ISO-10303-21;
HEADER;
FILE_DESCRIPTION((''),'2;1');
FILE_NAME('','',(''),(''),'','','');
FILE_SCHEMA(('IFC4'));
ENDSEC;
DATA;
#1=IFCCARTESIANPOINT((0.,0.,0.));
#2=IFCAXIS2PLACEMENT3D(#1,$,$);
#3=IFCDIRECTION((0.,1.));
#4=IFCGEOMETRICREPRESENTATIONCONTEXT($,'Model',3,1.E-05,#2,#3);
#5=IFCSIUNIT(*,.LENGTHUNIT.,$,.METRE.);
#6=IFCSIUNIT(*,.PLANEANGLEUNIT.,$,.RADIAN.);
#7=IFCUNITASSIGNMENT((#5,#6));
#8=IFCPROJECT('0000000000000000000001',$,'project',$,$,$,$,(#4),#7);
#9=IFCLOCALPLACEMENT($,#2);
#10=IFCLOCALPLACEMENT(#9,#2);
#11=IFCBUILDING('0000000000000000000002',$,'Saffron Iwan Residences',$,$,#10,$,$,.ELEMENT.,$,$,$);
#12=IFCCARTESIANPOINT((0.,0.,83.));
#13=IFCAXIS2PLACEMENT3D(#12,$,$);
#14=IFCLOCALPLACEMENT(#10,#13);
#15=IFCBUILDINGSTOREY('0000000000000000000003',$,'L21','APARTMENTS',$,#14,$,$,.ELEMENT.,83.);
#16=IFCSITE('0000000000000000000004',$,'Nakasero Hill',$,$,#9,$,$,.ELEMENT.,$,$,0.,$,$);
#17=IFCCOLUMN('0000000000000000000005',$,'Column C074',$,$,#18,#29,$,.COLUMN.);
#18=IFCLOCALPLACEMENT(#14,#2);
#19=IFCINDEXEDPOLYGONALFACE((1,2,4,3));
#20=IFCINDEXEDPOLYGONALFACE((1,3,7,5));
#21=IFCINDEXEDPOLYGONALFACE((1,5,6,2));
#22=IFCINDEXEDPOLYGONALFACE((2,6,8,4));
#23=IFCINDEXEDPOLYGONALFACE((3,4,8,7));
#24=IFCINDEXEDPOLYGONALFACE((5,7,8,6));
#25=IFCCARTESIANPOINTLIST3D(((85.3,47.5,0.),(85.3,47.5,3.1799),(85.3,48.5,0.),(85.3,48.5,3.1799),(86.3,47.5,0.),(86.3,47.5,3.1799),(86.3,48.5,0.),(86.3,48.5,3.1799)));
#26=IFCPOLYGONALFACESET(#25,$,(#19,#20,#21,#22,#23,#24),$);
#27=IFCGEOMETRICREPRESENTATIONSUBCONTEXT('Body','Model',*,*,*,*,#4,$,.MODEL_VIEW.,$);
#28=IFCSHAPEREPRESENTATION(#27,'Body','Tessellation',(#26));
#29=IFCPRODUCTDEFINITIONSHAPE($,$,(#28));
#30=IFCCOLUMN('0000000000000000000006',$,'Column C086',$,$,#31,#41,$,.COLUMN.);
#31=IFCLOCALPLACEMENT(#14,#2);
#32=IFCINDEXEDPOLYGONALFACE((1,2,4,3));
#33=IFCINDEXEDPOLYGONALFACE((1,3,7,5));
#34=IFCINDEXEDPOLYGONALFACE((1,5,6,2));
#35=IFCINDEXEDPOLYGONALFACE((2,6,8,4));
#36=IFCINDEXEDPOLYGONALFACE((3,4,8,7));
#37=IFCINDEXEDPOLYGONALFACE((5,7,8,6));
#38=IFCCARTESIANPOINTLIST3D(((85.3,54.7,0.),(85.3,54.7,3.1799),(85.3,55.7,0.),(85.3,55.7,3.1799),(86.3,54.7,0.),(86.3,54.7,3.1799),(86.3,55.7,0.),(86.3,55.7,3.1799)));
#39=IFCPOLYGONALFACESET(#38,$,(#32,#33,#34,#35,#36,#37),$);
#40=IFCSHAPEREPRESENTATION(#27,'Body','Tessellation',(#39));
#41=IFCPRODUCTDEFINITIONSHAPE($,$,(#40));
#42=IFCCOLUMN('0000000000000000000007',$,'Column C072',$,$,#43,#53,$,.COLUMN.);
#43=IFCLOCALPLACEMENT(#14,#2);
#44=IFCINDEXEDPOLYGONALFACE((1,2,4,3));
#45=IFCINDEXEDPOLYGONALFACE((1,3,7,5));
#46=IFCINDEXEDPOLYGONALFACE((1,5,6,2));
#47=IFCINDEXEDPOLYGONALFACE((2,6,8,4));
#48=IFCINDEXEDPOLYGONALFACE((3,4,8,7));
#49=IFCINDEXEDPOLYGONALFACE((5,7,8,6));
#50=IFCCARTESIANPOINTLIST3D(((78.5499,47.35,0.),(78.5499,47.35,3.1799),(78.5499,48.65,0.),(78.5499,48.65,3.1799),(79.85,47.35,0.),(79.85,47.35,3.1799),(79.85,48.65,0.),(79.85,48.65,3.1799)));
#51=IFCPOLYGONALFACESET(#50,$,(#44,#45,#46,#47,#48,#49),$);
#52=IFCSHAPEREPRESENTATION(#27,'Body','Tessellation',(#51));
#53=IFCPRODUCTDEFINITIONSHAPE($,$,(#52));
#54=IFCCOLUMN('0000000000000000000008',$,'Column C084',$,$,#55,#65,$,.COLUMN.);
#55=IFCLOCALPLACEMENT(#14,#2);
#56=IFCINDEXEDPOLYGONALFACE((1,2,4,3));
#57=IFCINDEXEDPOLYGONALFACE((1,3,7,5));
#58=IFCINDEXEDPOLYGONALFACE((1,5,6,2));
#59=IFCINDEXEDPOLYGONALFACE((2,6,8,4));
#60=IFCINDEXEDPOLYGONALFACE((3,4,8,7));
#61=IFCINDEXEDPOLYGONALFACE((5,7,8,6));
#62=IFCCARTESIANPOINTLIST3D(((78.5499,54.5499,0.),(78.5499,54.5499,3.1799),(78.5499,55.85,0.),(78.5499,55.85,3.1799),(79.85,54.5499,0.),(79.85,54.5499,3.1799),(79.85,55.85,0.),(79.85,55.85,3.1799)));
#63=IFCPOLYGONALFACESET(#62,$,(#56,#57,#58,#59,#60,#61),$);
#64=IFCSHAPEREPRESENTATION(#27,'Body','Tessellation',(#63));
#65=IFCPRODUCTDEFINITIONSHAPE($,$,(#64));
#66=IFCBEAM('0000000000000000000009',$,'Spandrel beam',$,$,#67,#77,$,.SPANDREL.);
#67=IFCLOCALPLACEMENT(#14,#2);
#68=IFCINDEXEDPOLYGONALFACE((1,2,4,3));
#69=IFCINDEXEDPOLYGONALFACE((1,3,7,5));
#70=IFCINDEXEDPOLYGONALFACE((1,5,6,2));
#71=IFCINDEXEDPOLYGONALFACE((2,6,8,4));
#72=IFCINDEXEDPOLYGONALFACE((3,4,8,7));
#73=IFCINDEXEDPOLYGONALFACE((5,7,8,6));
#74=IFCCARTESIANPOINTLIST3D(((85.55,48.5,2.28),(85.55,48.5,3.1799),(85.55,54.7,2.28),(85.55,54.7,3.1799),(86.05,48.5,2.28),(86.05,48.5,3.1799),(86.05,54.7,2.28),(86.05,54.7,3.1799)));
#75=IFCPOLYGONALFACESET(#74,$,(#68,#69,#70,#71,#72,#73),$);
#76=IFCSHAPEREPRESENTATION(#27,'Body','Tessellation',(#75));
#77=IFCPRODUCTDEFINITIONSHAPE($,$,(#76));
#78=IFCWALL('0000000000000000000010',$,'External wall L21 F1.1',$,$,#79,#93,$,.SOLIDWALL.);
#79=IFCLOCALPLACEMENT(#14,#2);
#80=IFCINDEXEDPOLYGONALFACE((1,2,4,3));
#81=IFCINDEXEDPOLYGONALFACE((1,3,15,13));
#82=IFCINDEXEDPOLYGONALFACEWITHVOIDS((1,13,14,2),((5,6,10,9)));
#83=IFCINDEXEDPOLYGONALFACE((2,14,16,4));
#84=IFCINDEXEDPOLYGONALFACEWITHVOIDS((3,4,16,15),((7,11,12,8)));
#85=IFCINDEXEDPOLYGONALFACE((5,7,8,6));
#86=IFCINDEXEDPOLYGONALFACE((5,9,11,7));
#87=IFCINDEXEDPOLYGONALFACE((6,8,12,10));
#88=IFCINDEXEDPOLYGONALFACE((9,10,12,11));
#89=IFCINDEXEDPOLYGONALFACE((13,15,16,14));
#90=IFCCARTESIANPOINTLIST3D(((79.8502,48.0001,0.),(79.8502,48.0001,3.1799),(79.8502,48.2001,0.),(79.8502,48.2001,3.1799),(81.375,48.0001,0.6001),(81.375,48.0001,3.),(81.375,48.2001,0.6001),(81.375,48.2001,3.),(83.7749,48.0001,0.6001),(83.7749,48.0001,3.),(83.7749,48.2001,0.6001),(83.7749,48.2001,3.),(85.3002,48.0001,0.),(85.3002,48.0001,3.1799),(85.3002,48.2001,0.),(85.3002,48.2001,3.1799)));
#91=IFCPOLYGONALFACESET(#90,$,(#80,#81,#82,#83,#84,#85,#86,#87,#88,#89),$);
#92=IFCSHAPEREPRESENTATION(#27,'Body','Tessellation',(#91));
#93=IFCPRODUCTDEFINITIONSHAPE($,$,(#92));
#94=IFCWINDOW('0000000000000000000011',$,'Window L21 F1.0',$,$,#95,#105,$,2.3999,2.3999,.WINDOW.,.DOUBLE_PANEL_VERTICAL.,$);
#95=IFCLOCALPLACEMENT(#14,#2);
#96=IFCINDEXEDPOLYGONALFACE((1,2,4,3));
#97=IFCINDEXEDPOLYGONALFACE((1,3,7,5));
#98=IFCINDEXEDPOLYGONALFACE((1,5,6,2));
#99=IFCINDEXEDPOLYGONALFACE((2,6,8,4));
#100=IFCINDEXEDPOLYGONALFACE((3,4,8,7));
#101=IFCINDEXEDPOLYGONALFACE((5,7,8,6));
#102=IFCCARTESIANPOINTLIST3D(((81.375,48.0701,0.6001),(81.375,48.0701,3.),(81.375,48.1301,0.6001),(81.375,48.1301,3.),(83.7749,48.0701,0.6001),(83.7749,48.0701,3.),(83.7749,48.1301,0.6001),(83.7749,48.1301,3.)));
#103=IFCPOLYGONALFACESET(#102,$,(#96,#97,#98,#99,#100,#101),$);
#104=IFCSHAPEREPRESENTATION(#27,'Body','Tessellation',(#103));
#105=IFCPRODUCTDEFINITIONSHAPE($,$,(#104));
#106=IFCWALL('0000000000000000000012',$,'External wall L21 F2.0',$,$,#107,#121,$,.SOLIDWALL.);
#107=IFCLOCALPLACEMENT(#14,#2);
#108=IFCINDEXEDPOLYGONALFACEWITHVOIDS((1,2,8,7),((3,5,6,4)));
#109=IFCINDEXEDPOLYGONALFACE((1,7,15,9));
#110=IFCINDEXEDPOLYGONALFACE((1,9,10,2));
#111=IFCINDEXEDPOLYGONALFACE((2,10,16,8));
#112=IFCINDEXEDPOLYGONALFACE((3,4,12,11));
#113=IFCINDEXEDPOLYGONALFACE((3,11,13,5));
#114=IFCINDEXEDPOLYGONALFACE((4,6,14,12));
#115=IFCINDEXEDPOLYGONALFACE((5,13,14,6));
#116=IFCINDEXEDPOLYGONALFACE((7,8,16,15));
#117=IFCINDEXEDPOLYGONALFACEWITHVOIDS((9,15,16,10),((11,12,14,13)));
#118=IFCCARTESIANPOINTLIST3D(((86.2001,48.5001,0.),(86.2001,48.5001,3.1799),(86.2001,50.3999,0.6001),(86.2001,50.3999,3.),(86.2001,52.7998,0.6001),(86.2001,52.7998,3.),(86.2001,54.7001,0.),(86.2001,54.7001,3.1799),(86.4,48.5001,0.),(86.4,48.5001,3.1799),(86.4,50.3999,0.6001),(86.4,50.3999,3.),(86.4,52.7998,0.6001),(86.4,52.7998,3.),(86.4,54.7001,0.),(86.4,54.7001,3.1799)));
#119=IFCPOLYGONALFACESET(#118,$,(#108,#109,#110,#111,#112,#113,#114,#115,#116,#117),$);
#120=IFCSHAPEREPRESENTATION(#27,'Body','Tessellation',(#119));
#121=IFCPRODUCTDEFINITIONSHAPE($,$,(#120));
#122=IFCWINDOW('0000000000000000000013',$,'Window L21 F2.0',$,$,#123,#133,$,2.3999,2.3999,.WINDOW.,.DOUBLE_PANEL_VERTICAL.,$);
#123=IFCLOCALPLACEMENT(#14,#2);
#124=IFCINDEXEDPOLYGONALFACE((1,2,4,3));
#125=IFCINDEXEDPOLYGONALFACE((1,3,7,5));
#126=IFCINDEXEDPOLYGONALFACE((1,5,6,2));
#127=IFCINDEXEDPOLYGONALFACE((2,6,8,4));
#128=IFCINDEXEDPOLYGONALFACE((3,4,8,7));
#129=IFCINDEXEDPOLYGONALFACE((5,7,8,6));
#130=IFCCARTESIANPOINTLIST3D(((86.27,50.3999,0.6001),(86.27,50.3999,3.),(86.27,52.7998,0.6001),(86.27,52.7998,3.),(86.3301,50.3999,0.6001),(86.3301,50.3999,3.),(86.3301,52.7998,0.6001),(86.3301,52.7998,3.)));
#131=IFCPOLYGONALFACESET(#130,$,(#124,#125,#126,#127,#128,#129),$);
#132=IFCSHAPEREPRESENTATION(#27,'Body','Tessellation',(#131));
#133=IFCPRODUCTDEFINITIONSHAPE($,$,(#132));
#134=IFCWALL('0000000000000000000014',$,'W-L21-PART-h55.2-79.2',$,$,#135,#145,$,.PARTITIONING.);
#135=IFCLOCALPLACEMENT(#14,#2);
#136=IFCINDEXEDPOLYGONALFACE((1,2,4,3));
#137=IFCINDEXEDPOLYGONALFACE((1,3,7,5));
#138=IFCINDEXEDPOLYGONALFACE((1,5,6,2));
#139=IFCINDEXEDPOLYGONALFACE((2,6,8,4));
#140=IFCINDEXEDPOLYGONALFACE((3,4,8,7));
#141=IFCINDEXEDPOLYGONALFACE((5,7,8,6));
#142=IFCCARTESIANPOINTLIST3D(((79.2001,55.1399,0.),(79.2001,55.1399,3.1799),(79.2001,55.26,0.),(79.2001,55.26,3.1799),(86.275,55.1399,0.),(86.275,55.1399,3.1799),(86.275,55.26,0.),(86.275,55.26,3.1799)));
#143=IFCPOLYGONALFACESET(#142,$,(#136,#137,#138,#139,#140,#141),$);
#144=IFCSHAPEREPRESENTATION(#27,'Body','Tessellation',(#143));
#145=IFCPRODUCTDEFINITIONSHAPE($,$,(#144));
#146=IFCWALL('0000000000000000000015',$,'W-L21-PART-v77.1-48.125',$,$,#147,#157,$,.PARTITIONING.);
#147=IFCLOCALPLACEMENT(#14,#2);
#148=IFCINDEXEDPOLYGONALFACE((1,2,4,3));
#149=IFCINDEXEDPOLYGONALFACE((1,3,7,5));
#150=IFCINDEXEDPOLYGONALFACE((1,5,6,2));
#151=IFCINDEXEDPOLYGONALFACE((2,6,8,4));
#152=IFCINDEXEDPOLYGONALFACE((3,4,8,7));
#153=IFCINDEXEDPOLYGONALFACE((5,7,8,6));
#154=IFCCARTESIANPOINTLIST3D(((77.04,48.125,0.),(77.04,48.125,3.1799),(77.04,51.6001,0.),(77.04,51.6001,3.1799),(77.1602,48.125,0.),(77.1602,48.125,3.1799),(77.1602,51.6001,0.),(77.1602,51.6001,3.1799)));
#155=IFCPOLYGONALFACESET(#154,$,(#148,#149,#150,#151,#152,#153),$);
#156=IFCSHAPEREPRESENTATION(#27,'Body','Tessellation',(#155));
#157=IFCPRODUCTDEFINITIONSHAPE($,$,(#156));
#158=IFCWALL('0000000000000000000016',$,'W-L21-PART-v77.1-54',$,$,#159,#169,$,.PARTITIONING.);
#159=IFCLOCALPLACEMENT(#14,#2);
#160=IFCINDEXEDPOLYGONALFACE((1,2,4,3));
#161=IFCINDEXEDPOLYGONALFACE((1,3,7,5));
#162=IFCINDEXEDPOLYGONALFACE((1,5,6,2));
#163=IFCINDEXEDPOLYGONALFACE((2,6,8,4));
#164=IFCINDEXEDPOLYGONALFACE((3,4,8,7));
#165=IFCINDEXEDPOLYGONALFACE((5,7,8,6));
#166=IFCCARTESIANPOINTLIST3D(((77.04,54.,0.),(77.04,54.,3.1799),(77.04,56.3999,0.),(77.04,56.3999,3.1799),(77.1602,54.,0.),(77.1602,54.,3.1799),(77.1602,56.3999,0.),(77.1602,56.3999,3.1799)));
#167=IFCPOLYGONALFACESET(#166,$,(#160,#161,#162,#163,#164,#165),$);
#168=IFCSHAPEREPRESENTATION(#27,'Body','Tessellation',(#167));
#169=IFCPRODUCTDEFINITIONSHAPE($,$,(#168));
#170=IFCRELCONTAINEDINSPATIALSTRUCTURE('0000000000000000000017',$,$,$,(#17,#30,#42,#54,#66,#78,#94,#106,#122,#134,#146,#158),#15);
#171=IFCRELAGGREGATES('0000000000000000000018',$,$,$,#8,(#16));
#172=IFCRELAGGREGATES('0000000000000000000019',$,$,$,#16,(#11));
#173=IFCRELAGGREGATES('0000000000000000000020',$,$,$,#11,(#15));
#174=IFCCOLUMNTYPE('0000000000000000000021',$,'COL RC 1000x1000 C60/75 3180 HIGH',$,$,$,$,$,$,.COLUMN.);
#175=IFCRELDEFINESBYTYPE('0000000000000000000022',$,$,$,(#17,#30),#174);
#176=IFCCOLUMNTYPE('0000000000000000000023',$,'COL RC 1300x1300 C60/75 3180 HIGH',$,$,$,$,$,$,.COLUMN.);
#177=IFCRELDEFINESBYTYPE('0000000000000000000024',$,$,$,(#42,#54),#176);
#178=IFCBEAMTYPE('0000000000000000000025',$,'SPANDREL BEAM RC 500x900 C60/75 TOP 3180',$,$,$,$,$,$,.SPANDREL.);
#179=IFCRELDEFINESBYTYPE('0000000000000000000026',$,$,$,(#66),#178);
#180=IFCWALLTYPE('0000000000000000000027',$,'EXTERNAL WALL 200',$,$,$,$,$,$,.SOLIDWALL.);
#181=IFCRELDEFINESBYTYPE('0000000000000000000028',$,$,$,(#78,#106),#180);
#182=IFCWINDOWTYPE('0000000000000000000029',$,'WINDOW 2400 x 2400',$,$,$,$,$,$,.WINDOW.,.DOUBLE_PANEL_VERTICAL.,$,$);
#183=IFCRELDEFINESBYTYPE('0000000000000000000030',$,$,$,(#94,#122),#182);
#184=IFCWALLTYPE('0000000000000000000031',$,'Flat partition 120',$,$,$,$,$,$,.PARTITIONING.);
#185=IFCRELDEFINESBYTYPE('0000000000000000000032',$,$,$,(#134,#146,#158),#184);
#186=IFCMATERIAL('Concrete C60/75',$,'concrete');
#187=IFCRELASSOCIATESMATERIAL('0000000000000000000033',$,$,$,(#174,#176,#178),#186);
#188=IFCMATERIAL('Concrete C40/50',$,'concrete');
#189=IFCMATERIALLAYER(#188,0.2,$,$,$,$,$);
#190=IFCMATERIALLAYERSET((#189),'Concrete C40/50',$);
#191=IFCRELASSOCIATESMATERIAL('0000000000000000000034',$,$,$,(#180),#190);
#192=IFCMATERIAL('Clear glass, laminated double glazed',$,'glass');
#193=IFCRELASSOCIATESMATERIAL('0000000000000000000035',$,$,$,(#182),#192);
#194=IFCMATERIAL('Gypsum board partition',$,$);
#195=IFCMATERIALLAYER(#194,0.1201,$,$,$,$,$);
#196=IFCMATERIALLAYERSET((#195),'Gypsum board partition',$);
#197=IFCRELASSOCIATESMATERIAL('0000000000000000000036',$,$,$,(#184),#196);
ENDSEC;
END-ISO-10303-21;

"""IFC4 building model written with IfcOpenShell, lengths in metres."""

from ifc_helpers import new_model, si_unit, direction, frame, frame_2d, origin, origin_2d, place, context, subcontext, project, spatial, rectangle, extrude, source, transform, mapped, material, layer, layer_set, material_profile, profile_set, type_object, element, fill, save


model = new_model("IFC4")

# Units and contexts
model_context = context("Model", 3, precision=1e-05, world=origin(), true_north=direction((0.0, 1.0)))
body_context = subcontext(model_context, "Body", "Model", "MODEL_VIEW")
ifc_project = project(units=[si_unit("LENGTHUNIT", "METRE"), si_unit("PLANEANGLEUNIT", "RADIAN")], contexts=[model_context])

# Site, building, storey
site_placement = place(None, origin())
site = spatial("IfcSite", under=ifc_project, at=site_placement, Name="Nakasero Hill", CompositionType="ELEMENT", RefElevation=0.0)
building_placement = place(site_placement, origin())
building = spatial("IfcBuilding", under=site, at=building_placement, Name="Saffron Iwan Residences", CompositionType="ELEMENT")
storey_placement = place(building_placement, frame((0.0, 0.0, 83.0)))
storey = spatial("IfcBuildingStorey", under=building, at=storey_placement, Name="L21", Description="APARTMENTS", CompositionType="ELEMENT", Elevation=83.0)

# Columns
ifc_material_1 = material(Name="Concrete C60/75", Category="concrete")
ifc_material_profile_1 = material_profile(ifc_material_1, rectangle(XDim=1.0, YDim=1.0, at=origin_2d()), Name="RC 1000x1000")
ifc_profile_set_1 = profile_set([ifc_material_profile_1], Name="Concrete C60/75")
column_type_1 = type_object("IfcColumnType", Name="COL RC 1000x1000 C60/75 3180 HIGH", PredefinedType="COLUMN", material=ifc_profile_set_1)
shared_shape_1 = source(origin(), body_context, "Body", "SweptSolid", [
    extrude(rectangle(XDim=1.0, YDim=1.0, at=origin_2d()), origin(), (0.0, 0.0, 1.0), 3.1799),
])
for number, where, z_axis, x_axis, name in (
    (1, (85.8, 48.0, 0.0), (0.0, 0.0, 1.0), (1.0, 0.0, 0.0), "Column C074"),
    (2, (85.8, 55.2, 0.0), (0.0, 0.0, 1.0), (1.0, 0.0, 0.0), "Column C086"),
):
    element("IfcColumn", number, at=place(storey_placement, frame(where, z_axis=z_axis, x_axis=x_axis)), inside=storey, type_object=column_type_1, Name=name, PredefinedType="COLUMN", context=body_context, shape_type="MappedRepresentation", body=[
        mapped(shared_shape_1, transform((0.0, 0.0, 0.0))),
    ])
ifc_material_profile_2 = material_profile(ifc_material_1, rectangle(XDim=1.3, YDim=1.3, at=origin_2d()), Name="RC 1300x1300")
ifc_profile_set_2 = profile_set([ifc_material_profile_2], Name="Concrete C60/75")
column_type_2 = type_object("IfcColumnType", Name="COL RC 1300x1300 C60/75 3180 HIGH", PredefinedType="COLUMN", material=ifc_profile_set_2)
shared_shape_2 = source(origin(), body_context, "Body", "SweptSolid", [
    extrude(rectangle(XDim=1.3, YDim=1.3, at=origin_2d()), origin(), (0.0, 0.0, 1.0), 3.1799),
])
for number, where, z_axis, x_axis, name in (
    (3, (79.2, 48.0, 0.0), (0.0, 0.0, 1.0), (1.0, 0.0, 0.0), "Column C072"),
    (4, (79.2, 55.2, 0.0), (0.0, 0.0, 1.0), (1.0, 0.0, 0.0), "Column C084"),
):
    element("IfcColumn", number, at=place(storey_placement, frame(where, z_axis=z_axis, x_axis=x_axis)), inside=storey, type_object=column_type_2, Name=name, PredefinedType="COLUMN", context=body_context, shape_type="MappedRepresentation", body=[
        mapped(shared_shape_2, transform((0.0, 0.0, 0.0))),
    ])

# Beam
ifc_material_profile_3 = material_profile(ifc_material_1, rectangle(XDim=0.5, YDim=0.8999, at=origin_2d()), Name="RC 500x900")
ifc_profile_set_3 = profile_set([ifc_material_profile_3], Name="Concrete C60/75")
beam_type = type_object("IfcBeamType", Name="SPANDREL BEAM RC 500x900 C60/75 TOP 3180", PredefinedType="SPANDREL", material=ifc_profile_set_3)
shared_shape_3 = source(origin(), body_context, "Body", "SweptSolid", [
    extrude(rectangle(XDim=0.5, YDim=0.8999, at=origin_2d()), origin(), (0.0, 0.0, 1.0), 6.2),
])
beam_placement = place(storey_placement, frame((85.8, 54.7, 2.73), z_axis=(0.0, -1.0, 0.0), x_axis=(1.0, 0.0, 0.0)))
element("IfcBeam", 5, at=beam_placement, inside=storey, type_object=beam_type, Name="Spandrel beam", PredefinedType="SPANDREL", context=body_context, shape_type="MappedRepresentation", body=[
    mapped(shared_shape_3, transform((0.0, 0.0, 0.0))),
])

# Walls, openings, windows
ifc_material_2 = material(Name="Concrete C40/50", Category="concrete")
ifc_layer_1 = layer(ifc_material_2, 0.2)
ifc_layer_set_1 = layer_set([ifc_layer_1], Name="Concrete C40/50")
wall_type_1 = type_object("IfcWallType", Name="EXTERNAL WALL 200", PredefinedType="SOLIDWALL", material=ifc_layer_set_1)
wall_1_placement = place(storey_placement, frame((79.8501, 48.1001, 0.0), z_axis=(0.0, 0.0, 1.0), x_axis=(1.0, 0.0, 0.0)))
wall_1 = element("IfcWall", 6, at=wall_1_placement, inside=storey, type_object=wall_type_1, Name="External wall L21 F1.1", PredefinedType="SOLIDWALL", context=body_context, shape_type="SweptSolid", body=[
    extrude(rectangle(XDim=5.45, YDim=0.2, at=frame_2d((2.7251, 0.0))), origin(), (0.0, 0.0, 1.0), 3.1799),
])
opening_1_placement = place(wall_1_placement, frame((1.5249, 0.0, 0.6001)))
opening_1 = element("IfcOpeningElement", 7, at=opening_1_placement, cuts=wall_1, PredefinedType="OPENING", context=body_context, shape_type="SweptSolid", body=[
    extrude(rectangle(XDim=2.3999, YDim=2.3999, at=frame_2d((1.2, 1.2))), frame((0.0, 0.1099, 0.0), z_axis=(0.0, -1.0, 0.0), x_axis=(1.0, 0.0, 0.0)), (0.0, 0.0, 1.0), 0.22),
])
ifc_material_3 = material(Name="Clear glass, laminated double glazed", Category="glass")
window_type_1 = type_object("IfcWindowType", Name="WINDOW 2400 x 2400", PartitioningType="DOUBLE_PANEL_VERTICAL", PredefinedType="WINDOW", material=ifc_material_3)
window_1_placement = place(opening_1_placement, origin())
window_1 = element("IfcWindow", 8, at=window_1_placement, inside=storey, type_object=window_type_1, Name="Window L21 F1.0", OverallHeight=2.3999, OverallWidth=2.3999, PartitioningType="DOUBLE_PANEL_VERTICAL", PredefinedType="WINDOW", context=body_context, shape_type="SweptSolid", body=[
    extrude(rectangle(XDim=2.3999, YDim=2.3999, at=frame_2d((1.2, 1.2))), frame((0.0, 0.03, 0.0), z_axis=(0.0, -1.0, 0.0), x_axis=(1.0, 0.0, 0.0)), (0.0, 0.0, 1.0), 0.0601),
])
fill(opening_1, window_1)
wall_2_placement = place(storey_placement, frame((86.3, 48.5, 0.0), z_axis=(0.0, 0.0, 1.0), x_axis=(0.0, 1.0, 0.0)))
wall_2 = element("IfcWall", 9, at=wall_2_placement, inside=storey, type_object=wall_type_1, Name="External wall L21 F2.0", PredefinedType="SOLIDWALL", context=body_context, shape_type="SweptSolid", body=[
    extrude(rectangle(XDim=6.2, YDim=0.2, at=frame_2d((3.1001, 0.0))), origin(), (0.0, 0.0, 1.0), 3.1799),
])
opening_2_placement = place(wall_2_placement, frame((1.8999, 0.0, 0.6001)))
opening_2 = element("IfcOpeningElement", 10, at=opening_2_placement, cuts=wall_2, PredefinedType="OPENING", context=body_context, shape_type="SweptSolid", body=[
    extrude(rectangle(XDim=2.3999, YDim=2.3999, at=frame_2d((1.2, 1.2))), frame((0.0, 0.1099, 0.0), z_axis=(0.0, -1.0, 0.0), x_axis=(1.0, 0.0, 0.0)), (0.0, 0.0, 1.0), 0.22),
])
window_2_placement = place(opening_2_placement, origin())
window_2 = element("IfcWindow", 11, at=window_2_placement, inside=storey, type_object=window_type_1, Name="Window L21 F2.0", OverallHeight=2.3999, OverallWidth=2.3999, PartitioningType="DOUBLE_PANEL_VERTICAL", PredefinedType="WINDOW", context=body_context, shape_type="SweptSolid", body=[
    extrude(rectangle(XDim=2.3999, YDim=2.3999, at=frame_2d((1.2, 1.2))), frame((0.0, 0.03, 0.0), z_axis=(0.0, -1.0, 0.0), x_axis=(1.0, 0.0, 0.0)), (0.0, 0.0, 1.0), 0.0601),
])
fill(opening_2, window_2)

# Walls
ifc_material_4 = material(Name="Gypsum board partition")
ifc_layer_2 = layer(ifc_material_4, 0.1201)
ifc_layer_set_2 = layer_set([ifc_layer_2], Name="Gypsum board partition")
wall_type_2 = type_object("IfcWallType", Name="Flat partition 120", PredefinedType="PARTITIONING", material=ifc_layer_set_2)
wall_3_placement = place(storey_placement, frame((79.2, 55.2, 0.0), z_axis=(0.0, 0.0, 1.0), x_axis=(1.0, 0.0, 0.0)))
element("IfcWall", 12, at=wall_3_placement, inside=storey, type_object=wall_type_2, Name="W-L21-PART-h55.2-79.2", PredefinedType="PARTITIONING", context=body_context, shape_type="SweptSolid", body=[
    extrude(rectangle(XDim=7.075, YDim=0.1201, at=frame_2d((3.5376, 0.0))), origin(), (0.0, 0.0, 1.0), 3.1799),
])
wall_4_placement = place(storey_placement, frame((77.1001, 48.125, 0.0), z_axis=(0.0, 0.0, 1.0), x_axis=(0.0, 1.0, 0.0)))
element("IfcWall", 13, at=wall_4_placement, inside=storey, type_object=wall_type_2, Name="W-L21-PART-v77.1-48.125", PredefinedType="PARTITIONING", context=body_context, shape_type="SweptSolid", body=[
    extrude(rectangle(XDim=3.4751, YDim=0.1201, at=frame_2d((1.7375, 0.0))), origin(), (0.0, 0.0, 1.0), 3.1799),
])
wall_5_placement = place(storey_placement, frame((77.1001, 54.0, 0.0), z_axis=(0.0, 0.0, 1.0), x_axis=(0.0, 1.0, 0.0)))
element("IfcWall", 14, at=wall_5_placement, inside=storey, type_object=wall_type_2, Name="W-L21-PART-v77.1-54", PredefinedType="PARTITIONING", context=body_context, shape_type="SweptSolid", body=[
    extrude(rectangle(XDim=2.3999, YDim=0.1201, at=frame_2d((1.2, 0.0))), origin(), (0.0, 0.0, 1.0), 3.1799),
])

save(model, "model.ifc")
